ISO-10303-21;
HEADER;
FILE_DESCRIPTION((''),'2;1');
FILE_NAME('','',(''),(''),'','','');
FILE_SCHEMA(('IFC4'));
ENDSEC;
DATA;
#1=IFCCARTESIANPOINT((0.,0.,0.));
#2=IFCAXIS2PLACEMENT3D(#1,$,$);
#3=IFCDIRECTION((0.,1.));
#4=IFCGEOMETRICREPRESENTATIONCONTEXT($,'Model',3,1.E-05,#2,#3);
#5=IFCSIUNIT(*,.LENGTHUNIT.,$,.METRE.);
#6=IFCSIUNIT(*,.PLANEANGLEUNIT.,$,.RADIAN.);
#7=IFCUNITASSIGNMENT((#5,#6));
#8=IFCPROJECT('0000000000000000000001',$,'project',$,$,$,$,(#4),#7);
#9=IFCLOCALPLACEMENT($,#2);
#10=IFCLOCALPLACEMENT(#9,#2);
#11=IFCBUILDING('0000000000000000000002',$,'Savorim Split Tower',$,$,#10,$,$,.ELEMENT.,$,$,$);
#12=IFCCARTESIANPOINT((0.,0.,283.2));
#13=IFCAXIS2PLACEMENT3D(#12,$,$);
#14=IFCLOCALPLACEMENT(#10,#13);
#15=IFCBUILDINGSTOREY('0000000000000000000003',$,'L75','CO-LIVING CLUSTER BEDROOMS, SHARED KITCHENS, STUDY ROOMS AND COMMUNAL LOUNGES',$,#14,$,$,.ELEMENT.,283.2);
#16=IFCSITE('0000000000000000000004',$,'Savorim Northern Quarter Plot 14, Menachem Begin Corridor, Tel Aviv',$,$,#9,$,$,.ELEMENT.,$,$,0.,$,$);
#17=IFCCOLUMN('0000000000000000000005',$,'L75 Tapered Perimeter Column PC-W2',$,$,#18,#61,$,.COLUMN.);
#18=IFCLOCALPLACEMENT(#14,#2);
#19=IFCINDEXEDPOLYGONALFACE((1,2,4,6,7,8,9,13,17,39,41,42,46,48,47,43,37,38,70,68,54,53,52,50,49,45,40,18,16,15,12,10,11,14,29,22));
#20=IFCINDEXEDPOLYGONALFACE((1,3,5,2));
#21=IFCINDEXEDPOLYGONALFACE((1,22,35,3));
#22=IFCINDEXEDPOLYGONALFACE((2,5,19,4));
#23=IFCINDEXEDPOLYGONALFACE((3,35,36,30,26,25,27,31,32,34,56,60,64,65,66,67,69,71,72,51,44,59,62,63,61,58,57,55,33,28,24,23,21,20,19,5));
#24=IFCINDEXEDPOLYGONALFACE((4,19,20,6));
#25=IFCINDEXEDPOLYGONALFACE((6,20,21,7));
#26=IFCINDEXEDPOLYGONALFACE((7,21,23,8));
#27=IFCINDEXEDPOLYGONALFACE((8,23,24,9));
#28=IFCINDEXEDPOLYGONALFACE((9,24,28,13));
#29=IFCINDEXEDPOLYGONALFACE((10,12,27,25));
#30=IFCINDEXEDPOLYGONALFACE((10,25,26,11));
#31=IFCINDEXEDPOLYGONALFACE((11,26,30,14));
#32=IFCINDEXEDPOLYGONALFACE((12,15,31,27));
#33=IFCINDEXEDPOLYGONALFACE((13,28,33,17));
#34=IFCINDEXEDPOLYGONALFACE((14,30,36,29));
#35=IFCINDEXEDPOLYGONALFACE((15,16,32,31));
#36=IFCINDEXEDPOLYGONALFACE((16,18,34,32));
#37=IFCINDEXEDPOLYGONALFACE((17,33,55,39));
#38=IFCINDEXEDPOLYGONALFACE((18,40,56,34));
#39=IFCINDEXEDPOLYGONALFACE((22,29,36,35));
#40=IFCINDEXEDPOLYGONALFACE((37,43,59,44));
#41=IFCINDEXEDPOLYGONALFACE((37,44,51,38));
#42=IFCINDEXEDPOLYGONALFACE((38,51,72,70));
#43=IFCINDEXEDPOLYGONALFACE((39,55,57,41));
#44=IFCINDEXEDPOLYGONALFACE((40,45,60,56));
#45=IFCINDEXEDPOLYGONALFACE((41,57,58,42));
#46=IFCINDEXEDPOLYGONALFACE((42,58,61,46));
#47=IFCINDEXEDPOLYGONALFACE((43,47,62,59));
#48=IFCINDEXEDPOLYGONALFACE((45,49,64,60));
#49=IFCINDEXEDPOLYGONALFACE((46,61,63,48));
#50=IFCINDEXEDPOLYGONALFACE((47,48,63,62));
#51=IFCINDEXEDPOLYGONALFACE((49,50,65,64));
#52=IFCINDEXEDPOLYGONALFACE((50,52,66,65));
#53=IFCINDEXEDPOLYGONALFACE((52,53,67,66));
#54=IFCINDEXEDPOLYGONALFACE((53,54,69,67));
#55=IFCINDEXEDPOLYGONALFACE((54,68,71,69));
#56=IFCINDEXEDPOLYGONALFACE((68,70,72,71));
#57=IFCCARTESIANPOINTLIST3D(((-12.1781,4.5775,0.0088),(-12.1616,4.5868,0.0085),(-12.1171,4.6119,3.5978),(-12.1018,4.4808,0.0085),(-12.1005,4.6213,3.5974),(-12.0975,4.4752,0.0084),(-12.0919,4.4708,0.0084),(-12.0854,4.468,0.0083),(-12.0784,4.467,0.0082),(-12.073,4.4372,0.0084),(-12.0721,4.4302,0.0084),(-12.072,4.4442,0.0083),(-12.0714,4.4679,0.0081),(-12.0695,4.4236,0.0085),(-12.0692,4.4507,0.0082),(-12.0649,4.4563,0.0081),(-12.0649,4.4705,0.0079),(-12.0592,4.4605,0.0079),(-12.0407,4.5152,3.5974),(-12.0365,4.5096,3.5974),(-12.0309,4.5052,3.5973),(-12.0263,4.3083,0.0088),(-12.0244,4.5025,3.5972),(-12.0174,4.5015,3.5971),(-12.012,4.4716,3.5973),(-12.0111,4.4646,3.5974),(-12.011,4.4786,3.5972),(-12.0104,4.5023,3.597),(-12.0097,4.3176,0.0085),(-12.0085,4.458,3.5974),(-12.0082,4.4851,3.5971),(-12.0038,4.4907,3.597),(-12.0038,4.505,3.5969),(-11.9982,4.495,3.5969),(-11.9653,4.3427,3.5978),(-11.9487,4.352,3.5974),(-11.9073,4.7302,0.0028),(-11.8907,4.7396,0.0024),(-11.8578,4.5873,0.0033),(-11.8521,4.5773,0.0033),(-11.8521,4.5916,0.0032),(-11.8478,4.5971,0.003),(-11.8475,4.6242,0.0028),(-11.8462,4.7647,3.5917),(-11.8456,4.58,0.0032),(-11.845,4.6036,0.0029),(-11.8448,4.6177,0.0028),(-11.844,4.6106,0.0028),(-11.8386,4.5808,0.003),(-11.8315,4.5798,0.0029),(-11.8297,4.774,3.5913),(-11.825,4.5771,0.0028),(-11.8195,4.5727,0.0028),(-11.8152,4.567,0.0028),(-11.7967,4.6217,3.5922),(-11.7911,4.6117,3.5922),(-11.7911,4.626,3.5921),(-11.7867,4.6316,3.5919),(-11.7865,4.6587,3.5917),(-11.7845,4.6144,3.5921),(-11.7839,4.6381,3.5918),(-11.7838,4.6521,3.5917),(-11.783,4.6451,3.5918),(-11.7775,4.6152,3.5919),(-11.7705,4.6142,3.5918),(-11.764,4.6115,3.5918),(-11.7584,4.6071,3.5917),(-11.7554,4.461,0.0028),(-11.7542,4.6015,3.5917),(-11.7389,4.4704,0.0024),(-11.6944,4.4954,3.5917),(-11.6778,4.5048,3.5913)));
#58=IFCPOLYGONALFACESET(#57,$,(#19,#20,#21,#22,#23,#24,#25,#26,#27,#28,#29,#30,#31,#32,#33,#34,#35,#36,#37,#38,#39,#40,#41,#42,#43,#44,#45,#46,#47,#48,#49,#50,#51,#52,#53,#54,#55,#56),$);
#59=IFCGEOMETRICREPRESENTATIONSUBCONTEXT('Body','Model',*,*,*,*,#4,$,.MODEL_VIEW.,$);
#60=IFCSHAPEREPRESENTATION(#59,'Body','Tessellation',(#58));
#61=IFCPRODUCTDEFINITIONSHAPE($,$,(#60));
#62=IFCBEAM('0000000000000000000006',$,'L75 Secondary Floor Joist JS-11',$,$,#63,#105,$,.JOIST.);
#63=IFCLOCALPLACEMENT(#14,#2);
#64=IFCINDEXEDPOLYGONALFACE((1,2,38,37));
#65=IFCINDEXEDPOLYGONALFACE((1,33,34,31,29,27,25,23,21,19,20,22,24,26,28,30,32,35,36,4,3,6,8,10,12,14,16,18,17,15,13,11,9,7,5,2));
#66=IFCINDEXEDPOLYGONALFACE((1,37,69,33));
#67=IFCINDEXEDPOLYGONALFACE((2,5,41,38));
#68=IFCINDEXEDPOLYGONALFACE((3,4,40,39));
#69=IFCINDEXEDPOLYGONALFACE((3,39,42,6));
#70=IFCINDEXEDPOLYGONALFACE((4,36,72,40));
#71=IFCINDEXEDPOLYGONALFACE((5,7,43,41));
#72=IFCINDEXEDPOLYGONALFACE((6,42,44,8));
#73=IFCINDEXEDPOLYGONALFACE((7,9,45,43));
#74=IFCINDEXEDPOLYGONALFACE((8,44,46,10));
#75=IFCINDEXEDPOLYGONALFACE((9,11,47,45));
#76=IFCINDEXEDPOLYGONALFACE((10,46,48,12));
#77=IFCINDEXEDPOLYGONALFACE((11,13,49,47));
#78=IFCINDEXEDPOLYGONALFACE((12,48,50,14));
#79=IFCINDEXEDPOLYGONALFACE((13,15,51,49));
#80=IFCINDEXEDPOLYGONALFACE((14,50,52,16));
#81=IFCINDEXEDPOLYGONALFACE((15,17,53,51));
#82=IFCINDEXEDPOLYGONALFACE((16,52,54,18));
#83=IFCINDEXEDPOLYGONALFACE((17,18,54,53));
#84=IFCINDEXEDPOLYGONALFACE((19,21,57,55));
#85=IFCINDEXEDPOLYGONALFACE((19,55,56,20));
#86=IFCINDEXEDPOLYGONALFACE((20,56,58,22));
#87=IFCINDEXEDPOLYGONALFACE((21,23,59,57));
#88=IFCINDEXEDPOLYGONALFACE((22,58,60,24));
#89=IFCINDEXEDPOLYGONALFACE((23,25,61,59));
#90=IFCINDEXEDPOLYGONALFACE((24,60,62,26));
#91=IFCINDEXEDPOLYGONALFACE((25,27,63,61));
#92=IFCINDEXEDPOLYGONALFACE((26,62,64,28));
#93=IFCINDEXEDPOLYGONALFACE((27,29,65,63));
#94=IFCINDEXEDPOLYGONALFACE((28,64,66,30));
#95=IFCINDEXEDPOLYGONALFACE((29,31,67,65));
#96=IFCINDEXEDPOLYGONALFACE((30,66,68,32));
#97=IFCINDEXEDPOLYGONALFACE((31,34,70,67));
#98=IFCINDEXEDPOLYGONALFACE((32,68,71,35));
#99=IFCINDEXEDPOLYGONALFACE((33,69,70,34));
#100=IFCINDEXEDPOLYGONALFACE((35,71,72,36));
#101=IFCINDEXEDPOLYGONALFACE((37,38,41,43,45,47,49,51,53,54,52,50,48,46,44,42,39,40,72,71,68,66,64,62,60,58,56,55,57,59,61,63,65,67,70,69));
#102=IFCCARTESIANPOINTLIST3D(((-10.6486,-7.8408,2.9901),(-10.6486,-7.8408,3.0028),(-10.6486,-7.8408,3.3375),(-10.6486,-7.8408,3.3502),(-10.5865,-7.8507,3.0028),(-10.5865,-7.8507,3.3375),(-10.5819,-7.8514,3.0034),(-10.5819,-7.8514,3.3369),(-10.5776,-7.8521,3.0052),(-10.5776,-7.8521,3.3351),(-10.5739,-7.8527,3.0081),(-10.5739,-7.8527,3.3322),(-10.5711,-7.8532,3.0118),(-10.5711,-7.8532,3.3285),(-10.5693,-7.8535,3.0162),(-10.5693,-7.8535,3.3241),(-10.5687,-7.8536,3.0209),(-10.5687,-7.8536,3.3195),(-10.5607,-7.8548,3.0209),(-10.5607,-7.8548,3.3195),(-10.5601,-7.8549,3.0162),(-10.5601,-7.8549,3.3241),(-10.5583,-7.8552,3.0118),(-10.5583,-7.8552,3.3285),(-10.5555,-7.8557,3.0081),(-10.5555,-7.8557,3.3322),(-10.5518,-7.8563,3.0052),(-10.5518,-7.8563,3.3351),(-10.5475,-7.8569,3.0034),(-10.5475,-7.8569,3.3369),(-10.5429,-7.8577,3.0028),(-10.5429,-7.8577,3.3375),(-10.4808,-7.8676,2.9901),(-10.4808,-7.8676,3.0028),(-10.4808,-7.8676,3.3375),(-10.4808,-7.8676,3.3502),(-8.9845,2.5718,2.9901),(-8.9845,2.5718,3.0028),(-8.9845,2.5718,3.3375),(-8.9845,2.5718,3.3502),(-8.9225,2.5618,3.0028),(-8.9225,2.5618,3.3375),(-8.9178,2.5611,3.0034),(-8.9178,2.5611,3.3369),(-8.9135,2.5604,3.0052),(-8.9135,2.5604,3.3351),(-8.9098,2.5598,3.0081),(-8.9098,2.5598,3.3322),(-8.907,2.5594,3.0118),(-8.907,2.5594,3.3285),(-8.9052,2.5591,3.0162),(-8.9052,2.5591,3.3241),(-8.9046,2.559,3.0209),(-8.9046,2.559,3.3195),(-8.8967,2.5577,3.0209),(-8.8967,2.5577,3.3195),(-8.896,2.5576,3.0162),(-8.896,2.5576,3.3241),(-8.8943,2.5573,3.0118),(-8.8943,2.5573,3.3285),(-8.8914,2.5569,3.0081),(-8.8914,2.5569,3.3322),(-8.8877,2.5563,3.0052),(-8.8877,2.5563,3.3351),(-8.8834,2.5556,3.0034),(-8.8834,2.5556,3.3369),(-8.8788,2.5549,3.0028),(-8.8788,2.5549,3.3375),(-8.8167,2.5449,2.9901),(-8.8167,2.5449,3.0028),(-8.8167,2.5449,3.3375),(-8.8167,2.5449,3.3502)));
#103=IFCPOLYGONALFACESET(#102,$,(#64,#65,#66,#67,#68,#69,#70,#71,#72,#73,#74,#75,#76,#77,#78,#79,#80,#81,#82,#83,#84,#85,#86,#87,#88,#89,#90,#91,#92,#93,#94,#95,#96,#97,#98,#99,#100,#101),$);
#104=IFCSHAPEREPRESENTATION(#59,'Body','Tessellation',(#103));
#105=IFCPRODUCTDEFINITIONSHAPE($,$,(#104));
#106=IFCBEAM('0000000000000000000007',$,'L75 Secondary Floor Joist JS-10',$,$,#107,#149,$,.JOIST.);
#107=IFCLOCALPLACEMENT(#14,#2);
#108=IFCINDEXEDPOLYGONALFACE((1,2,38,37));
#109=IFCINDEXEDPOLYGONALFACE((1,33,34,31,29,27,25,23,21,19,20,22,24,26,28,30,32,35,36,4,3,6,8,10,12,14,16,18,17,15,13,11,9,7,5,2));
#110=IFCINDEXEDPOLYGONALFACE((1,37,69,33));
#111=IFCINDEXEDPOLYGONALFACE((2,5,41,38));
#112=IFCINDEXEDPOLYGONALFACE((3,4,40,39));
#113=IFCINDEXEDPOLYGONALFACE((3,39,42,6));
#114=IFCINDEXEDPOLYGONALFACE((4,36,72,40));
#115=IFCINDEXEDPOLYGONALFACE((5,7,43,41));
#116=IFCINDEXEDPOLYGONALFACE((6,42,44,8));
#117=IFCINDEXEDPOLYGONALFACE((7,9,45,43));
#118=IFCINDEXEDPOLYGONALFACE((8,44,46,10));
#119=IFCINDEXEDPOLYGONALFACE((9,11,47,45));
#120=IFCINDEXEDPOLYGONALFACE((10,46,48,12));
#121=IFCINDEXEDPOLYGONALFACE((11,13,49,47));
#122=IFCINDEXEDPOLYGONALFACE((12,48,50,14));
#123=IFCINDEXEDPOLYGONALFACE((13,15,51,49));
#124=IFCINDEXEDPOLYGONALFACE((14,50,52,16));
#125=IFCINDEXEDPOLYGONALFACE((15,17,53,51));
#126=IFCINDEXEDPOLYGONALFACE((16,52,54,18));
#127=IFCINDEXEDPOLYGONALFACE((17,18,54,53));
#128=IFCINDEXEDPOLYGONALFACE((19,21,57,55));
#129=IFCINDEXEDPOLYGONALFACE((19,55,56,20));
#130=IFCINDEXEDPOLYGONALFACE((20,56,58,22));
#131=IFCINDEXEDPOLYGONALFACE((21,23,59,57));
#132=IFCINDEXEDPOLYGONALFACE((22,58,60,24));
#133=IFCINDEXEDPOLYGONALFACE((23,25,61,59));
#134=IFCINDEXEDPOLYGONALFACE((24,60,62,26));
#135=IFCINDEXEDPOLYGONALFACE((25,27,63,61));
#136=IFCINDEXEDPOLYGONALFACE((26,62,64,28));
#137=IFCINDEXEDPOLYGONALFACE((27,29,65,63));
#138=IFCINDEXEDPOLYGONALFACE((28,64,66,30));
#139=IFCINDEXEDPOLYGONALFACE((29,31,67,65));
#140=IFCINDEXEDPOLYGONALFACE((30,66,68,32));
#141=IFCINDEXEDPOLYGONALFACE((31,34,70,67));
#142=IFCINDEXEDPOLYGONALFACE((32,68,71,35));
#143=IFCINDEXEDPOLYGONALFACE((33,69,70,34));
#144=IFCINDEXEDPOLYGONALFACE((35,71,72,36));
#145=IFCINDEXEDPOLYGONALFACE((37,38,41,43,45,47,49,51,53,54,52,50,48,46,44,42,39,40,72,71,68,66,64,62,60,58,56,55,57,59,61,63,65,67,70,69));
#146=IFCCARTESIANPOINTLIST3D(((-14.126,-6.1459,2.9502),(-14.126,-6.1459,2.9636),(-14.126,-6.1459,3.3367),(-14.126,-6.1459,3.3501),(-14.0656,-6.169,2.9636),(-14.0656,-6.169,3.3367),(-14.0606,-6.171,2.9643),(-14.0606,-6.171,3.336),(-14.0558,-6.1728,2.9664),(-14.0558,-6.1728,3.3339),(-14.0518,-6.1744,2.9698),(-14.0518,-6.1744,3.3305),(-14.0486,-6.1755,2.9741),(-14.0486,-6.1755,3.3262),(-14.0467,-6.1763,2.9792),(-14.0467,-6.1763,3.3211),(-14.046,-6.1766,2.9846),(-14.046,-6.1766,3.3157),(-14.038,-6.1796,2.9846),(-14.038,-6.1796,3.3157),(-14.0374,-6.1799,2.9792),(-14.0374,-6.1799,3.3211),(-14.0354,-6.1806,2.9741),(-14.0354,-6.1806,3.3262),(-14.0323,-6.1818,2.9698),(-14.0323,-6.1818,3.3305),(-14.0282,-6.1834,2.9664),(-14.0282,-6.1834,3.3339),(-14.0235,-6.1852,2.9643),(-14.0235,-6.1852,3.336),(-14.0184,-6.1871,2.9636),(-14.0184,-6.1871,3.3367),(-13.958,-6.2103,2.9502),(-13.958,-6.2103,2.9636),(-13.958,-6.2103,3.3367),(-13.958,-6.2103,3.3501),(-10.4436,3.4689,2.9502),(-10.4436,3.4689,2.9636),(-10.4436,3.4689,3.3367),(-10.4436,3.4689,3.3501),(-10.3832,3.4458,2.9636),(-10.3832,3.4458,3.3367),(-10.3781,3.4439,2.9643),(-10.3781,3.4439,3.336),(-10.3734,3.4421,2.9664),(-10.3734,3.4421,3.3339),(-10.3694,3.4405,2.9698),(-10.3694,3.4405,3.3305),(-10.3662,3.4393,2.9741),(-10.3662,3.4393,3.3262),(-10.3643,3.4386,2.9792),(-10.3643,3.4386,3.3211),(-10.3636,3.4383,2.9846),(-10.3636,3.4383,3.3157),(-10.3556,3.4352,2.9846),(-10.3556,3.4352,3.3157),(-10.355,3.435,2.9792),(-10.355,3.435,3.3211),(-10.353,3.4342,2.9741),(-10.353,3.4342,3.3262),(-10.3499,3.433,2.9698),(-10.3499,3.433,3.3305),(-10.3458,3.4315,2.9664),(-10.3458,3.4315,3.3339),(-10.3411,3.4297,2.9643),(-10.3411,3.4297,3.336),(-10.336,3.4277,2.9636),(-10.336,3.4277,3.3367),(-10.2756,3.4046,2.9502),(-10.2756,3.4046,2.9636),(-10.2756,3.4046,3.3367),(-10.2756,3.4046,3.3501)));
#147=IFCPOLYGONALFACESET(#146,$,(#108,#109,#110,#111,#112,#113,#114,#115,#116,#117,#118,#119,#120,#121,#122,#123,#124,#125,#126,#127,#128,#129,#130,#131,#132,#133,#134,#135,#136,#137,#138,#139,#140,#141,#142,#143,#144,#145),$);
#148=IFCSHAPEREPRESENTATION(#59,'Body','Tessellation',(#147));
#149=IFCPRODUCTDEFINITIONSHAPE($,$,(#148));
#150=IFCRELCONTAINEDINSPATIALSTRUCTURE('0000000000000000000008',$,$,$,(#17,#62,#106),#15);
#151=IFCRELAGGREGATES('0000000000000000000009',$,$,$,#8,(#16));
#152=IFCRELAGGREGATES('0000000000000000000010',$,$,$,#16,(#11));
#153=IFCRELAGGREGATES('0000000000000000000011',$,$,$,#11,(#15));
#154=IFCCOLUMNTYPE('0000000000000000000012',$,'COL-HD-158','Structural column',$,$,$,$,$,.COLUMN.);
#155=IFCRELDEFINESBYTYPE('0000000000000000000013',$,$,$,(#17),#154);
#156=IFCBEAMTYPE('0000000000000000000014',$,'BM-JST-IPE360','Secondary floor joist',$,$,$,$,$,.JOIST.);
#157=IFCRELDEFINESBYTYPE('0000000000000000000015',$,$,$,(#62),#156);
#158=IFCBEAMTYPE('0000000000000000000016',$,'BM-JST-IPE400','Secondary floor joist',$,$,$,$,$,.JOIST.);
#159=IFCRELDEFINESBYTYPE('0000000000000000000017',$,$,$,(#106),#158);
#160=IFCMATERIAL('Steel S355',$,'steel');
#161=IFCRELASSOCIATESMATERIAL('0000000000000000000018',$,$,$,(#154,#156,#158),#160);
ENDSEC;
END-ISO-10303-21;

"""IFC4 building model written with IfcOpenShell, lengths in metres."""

from ifc_helpers import new_model, si_unit, direction, frame, origin, origin_2d, place, context, subcontext, project, spatial, i_section, extrude, material, material_profile, profile_set, type_object, element, save


model = new_model("IFC4")

# Units and contexts
model_context = context("Model", 3, precision=1e-05, world=origin(), true_north=direction((0.0, 1.0)))
body_context = subcontext(model_context, "Body", "Model", "MODEL_VIEW")
ifc_project = project(units=[si_unit("LENGTHUNIT", "METRE"), si_unit("PLANEANGLEUNIT", "RADIAN")], contexts=[model_context])

# Site, building, storey
site_placement = place(None, origin())
site = spatial("IfcSite", under=ifc_project, at=site_placement, Name="Savorim Northern Quarter Plot 14, Menachem Begin Corridor, Tel Aviv", CompositionType="ELEMENT", RefElevation=0.0)
building_placement = place(site_placement, origin())
building = spatial("IfcBuilding", under=site, at=building_placement, Name="Savorim Split Tower", CompositionType="ELEMENT")
storey_placement = place(building_placement, frame((0.0, 0.0, 283.2)))
storey = spatial("IfcBuildingStorey", under=building, at=storey_placement, Name="L75", Description="CO-LIVING CLUSTER BEDROOMS, SHARED KITCHENS, STUDY ROOMS AND COMMUNAL LOUNGES", CompositionType="ELEMENT", Elevation=283.2)

# Column
ifc_material_1 = material(Name="Steel S355", Category="steel")
ifc_material_profile_1 = material_profile(ifc_material_1, i_section(OverallWidth=0.3091, OverallDepth=0.3301, WebThickness=0.0115, FlangeThickness=0.019, FilletRadius=0.0271, at=origin_2d()), Name="HD 320x158")
ifc_profile_set_1 = profile_set([ifc_material_profile_1], Name="Steel S355")
column_type = type_object("IfcColumnType", Name="COL-HD-158", Description="Structural column", PredefinedType="COLUMN", material=ifc_profile_set_1)
column_placement = place(storey_placement, frame((-11.9585, 4.5239, 0.0056), z_axis=(0.017004, 0.00959, 0.999809), x_axis=(-0.491253, 0.871017, 0.0)))
element("IfcColumn", 1, at=column_placement, inside=storey, type_object=column_type, Name="L75 Tapered Perimeter Column PC-W2", PredefinedType="COLUMN", context=body_context, shape_type="SweptSolid", body=[
    extrude(i_section(OverallWidth=0.3091, OverallDepth=0.3301, WebThickness=0.0115, FlangeThickness=0.019, FilletRadius=0.0271, at=origin_2d()), origin(), (0.0, 0.0, 1.0), 3.5896),
])

# Beams
ifc_material_profile_2 = material_profile(ifc_material_1, i_section(OverallWidth=0.1699, OverallDepth=0.3601, WebThickness=0.0081, FlangeThickness=0.0127, FilletRadius=0.0181, at=origin_2d()), Name="IPE 360")
ifc_profile_set_2 = profile_set([ifc_material_profile_2], Name="Steel S355")
beam_type_1 = type_object("IfcBeamType", Name="BM-JST-IPE360", Description="Secondary floor joist", PredefinedType="JOIST", material=ifc_profile_set_2)
beam_1_placement = place(storey_placement, frame((-8.9006, 2.5583, 3.1702), z_axis=(-0.15781, -0.98747, 0.0), x_axis=(0.98747, -0.15781, 0.0)))
element("IfcBeam", 2, at=beam_1_placement, inside=storey, type_object=beam_type_1, Name="L75 Secondary Floor Joist JS-11", PredefinedType="JOIST", context=body_context, shape_type="SweptSolid", body=[
    extrude(i_section(OverallWidth=0.1699, OverallDepth=0.3601, WebThickness=0.0081, FlangeThickness=0.0127, FilletRadius=0.0181, at=origin_2d()), origin(), (0.0, 0.0, 1.0), 10.5447),
])
ifc_material_profile_3 = material_profile(ifc_material_1, i_section(OverallWidth=0.1799, OverallDepth=0.3999, WebThickness=0.0085, FlangeThickness=0.0134, FilletRadius=0.021, at=origin_2d()), Name="IPE 400")
ifc_profile_set_3 = profile_set([ifc_material_profile_3], Name="Steel S355")
beam_type_2 = type_object("IfcBeamType", Name="BM-JST-IPE400", Description="Secondary floor joist", PredefinedType="JOIST", material=ifc_profile_set_3)
beam_2_placement = place(storey_placement, frame((-10.3596, 3.4368, 3.1501), z_axis=(-0.357658, -0.933853, 0.0), x_axis=(0.933853, -0.357658, 0.0)))
element("IfcBeam", 3, at=beam_2_placement, inside=storey, type_object=beam_type_2, Name="L75 Secondary Floor Joist JS-10", PredefinedType="JOIST", context=body_context, shape_type="SweptSolid", body=[
    extrude(i_section(OverallWidth=0.1799, OverallDepth=0.3999, WebThickness=0.0085, FlangeThickness=0.0134, FilletRadius=0.021, at=origin_2d()), origin(), (0.0, 0.0, 1.0), 10.2959),
])

save(model, "model.ifc")
